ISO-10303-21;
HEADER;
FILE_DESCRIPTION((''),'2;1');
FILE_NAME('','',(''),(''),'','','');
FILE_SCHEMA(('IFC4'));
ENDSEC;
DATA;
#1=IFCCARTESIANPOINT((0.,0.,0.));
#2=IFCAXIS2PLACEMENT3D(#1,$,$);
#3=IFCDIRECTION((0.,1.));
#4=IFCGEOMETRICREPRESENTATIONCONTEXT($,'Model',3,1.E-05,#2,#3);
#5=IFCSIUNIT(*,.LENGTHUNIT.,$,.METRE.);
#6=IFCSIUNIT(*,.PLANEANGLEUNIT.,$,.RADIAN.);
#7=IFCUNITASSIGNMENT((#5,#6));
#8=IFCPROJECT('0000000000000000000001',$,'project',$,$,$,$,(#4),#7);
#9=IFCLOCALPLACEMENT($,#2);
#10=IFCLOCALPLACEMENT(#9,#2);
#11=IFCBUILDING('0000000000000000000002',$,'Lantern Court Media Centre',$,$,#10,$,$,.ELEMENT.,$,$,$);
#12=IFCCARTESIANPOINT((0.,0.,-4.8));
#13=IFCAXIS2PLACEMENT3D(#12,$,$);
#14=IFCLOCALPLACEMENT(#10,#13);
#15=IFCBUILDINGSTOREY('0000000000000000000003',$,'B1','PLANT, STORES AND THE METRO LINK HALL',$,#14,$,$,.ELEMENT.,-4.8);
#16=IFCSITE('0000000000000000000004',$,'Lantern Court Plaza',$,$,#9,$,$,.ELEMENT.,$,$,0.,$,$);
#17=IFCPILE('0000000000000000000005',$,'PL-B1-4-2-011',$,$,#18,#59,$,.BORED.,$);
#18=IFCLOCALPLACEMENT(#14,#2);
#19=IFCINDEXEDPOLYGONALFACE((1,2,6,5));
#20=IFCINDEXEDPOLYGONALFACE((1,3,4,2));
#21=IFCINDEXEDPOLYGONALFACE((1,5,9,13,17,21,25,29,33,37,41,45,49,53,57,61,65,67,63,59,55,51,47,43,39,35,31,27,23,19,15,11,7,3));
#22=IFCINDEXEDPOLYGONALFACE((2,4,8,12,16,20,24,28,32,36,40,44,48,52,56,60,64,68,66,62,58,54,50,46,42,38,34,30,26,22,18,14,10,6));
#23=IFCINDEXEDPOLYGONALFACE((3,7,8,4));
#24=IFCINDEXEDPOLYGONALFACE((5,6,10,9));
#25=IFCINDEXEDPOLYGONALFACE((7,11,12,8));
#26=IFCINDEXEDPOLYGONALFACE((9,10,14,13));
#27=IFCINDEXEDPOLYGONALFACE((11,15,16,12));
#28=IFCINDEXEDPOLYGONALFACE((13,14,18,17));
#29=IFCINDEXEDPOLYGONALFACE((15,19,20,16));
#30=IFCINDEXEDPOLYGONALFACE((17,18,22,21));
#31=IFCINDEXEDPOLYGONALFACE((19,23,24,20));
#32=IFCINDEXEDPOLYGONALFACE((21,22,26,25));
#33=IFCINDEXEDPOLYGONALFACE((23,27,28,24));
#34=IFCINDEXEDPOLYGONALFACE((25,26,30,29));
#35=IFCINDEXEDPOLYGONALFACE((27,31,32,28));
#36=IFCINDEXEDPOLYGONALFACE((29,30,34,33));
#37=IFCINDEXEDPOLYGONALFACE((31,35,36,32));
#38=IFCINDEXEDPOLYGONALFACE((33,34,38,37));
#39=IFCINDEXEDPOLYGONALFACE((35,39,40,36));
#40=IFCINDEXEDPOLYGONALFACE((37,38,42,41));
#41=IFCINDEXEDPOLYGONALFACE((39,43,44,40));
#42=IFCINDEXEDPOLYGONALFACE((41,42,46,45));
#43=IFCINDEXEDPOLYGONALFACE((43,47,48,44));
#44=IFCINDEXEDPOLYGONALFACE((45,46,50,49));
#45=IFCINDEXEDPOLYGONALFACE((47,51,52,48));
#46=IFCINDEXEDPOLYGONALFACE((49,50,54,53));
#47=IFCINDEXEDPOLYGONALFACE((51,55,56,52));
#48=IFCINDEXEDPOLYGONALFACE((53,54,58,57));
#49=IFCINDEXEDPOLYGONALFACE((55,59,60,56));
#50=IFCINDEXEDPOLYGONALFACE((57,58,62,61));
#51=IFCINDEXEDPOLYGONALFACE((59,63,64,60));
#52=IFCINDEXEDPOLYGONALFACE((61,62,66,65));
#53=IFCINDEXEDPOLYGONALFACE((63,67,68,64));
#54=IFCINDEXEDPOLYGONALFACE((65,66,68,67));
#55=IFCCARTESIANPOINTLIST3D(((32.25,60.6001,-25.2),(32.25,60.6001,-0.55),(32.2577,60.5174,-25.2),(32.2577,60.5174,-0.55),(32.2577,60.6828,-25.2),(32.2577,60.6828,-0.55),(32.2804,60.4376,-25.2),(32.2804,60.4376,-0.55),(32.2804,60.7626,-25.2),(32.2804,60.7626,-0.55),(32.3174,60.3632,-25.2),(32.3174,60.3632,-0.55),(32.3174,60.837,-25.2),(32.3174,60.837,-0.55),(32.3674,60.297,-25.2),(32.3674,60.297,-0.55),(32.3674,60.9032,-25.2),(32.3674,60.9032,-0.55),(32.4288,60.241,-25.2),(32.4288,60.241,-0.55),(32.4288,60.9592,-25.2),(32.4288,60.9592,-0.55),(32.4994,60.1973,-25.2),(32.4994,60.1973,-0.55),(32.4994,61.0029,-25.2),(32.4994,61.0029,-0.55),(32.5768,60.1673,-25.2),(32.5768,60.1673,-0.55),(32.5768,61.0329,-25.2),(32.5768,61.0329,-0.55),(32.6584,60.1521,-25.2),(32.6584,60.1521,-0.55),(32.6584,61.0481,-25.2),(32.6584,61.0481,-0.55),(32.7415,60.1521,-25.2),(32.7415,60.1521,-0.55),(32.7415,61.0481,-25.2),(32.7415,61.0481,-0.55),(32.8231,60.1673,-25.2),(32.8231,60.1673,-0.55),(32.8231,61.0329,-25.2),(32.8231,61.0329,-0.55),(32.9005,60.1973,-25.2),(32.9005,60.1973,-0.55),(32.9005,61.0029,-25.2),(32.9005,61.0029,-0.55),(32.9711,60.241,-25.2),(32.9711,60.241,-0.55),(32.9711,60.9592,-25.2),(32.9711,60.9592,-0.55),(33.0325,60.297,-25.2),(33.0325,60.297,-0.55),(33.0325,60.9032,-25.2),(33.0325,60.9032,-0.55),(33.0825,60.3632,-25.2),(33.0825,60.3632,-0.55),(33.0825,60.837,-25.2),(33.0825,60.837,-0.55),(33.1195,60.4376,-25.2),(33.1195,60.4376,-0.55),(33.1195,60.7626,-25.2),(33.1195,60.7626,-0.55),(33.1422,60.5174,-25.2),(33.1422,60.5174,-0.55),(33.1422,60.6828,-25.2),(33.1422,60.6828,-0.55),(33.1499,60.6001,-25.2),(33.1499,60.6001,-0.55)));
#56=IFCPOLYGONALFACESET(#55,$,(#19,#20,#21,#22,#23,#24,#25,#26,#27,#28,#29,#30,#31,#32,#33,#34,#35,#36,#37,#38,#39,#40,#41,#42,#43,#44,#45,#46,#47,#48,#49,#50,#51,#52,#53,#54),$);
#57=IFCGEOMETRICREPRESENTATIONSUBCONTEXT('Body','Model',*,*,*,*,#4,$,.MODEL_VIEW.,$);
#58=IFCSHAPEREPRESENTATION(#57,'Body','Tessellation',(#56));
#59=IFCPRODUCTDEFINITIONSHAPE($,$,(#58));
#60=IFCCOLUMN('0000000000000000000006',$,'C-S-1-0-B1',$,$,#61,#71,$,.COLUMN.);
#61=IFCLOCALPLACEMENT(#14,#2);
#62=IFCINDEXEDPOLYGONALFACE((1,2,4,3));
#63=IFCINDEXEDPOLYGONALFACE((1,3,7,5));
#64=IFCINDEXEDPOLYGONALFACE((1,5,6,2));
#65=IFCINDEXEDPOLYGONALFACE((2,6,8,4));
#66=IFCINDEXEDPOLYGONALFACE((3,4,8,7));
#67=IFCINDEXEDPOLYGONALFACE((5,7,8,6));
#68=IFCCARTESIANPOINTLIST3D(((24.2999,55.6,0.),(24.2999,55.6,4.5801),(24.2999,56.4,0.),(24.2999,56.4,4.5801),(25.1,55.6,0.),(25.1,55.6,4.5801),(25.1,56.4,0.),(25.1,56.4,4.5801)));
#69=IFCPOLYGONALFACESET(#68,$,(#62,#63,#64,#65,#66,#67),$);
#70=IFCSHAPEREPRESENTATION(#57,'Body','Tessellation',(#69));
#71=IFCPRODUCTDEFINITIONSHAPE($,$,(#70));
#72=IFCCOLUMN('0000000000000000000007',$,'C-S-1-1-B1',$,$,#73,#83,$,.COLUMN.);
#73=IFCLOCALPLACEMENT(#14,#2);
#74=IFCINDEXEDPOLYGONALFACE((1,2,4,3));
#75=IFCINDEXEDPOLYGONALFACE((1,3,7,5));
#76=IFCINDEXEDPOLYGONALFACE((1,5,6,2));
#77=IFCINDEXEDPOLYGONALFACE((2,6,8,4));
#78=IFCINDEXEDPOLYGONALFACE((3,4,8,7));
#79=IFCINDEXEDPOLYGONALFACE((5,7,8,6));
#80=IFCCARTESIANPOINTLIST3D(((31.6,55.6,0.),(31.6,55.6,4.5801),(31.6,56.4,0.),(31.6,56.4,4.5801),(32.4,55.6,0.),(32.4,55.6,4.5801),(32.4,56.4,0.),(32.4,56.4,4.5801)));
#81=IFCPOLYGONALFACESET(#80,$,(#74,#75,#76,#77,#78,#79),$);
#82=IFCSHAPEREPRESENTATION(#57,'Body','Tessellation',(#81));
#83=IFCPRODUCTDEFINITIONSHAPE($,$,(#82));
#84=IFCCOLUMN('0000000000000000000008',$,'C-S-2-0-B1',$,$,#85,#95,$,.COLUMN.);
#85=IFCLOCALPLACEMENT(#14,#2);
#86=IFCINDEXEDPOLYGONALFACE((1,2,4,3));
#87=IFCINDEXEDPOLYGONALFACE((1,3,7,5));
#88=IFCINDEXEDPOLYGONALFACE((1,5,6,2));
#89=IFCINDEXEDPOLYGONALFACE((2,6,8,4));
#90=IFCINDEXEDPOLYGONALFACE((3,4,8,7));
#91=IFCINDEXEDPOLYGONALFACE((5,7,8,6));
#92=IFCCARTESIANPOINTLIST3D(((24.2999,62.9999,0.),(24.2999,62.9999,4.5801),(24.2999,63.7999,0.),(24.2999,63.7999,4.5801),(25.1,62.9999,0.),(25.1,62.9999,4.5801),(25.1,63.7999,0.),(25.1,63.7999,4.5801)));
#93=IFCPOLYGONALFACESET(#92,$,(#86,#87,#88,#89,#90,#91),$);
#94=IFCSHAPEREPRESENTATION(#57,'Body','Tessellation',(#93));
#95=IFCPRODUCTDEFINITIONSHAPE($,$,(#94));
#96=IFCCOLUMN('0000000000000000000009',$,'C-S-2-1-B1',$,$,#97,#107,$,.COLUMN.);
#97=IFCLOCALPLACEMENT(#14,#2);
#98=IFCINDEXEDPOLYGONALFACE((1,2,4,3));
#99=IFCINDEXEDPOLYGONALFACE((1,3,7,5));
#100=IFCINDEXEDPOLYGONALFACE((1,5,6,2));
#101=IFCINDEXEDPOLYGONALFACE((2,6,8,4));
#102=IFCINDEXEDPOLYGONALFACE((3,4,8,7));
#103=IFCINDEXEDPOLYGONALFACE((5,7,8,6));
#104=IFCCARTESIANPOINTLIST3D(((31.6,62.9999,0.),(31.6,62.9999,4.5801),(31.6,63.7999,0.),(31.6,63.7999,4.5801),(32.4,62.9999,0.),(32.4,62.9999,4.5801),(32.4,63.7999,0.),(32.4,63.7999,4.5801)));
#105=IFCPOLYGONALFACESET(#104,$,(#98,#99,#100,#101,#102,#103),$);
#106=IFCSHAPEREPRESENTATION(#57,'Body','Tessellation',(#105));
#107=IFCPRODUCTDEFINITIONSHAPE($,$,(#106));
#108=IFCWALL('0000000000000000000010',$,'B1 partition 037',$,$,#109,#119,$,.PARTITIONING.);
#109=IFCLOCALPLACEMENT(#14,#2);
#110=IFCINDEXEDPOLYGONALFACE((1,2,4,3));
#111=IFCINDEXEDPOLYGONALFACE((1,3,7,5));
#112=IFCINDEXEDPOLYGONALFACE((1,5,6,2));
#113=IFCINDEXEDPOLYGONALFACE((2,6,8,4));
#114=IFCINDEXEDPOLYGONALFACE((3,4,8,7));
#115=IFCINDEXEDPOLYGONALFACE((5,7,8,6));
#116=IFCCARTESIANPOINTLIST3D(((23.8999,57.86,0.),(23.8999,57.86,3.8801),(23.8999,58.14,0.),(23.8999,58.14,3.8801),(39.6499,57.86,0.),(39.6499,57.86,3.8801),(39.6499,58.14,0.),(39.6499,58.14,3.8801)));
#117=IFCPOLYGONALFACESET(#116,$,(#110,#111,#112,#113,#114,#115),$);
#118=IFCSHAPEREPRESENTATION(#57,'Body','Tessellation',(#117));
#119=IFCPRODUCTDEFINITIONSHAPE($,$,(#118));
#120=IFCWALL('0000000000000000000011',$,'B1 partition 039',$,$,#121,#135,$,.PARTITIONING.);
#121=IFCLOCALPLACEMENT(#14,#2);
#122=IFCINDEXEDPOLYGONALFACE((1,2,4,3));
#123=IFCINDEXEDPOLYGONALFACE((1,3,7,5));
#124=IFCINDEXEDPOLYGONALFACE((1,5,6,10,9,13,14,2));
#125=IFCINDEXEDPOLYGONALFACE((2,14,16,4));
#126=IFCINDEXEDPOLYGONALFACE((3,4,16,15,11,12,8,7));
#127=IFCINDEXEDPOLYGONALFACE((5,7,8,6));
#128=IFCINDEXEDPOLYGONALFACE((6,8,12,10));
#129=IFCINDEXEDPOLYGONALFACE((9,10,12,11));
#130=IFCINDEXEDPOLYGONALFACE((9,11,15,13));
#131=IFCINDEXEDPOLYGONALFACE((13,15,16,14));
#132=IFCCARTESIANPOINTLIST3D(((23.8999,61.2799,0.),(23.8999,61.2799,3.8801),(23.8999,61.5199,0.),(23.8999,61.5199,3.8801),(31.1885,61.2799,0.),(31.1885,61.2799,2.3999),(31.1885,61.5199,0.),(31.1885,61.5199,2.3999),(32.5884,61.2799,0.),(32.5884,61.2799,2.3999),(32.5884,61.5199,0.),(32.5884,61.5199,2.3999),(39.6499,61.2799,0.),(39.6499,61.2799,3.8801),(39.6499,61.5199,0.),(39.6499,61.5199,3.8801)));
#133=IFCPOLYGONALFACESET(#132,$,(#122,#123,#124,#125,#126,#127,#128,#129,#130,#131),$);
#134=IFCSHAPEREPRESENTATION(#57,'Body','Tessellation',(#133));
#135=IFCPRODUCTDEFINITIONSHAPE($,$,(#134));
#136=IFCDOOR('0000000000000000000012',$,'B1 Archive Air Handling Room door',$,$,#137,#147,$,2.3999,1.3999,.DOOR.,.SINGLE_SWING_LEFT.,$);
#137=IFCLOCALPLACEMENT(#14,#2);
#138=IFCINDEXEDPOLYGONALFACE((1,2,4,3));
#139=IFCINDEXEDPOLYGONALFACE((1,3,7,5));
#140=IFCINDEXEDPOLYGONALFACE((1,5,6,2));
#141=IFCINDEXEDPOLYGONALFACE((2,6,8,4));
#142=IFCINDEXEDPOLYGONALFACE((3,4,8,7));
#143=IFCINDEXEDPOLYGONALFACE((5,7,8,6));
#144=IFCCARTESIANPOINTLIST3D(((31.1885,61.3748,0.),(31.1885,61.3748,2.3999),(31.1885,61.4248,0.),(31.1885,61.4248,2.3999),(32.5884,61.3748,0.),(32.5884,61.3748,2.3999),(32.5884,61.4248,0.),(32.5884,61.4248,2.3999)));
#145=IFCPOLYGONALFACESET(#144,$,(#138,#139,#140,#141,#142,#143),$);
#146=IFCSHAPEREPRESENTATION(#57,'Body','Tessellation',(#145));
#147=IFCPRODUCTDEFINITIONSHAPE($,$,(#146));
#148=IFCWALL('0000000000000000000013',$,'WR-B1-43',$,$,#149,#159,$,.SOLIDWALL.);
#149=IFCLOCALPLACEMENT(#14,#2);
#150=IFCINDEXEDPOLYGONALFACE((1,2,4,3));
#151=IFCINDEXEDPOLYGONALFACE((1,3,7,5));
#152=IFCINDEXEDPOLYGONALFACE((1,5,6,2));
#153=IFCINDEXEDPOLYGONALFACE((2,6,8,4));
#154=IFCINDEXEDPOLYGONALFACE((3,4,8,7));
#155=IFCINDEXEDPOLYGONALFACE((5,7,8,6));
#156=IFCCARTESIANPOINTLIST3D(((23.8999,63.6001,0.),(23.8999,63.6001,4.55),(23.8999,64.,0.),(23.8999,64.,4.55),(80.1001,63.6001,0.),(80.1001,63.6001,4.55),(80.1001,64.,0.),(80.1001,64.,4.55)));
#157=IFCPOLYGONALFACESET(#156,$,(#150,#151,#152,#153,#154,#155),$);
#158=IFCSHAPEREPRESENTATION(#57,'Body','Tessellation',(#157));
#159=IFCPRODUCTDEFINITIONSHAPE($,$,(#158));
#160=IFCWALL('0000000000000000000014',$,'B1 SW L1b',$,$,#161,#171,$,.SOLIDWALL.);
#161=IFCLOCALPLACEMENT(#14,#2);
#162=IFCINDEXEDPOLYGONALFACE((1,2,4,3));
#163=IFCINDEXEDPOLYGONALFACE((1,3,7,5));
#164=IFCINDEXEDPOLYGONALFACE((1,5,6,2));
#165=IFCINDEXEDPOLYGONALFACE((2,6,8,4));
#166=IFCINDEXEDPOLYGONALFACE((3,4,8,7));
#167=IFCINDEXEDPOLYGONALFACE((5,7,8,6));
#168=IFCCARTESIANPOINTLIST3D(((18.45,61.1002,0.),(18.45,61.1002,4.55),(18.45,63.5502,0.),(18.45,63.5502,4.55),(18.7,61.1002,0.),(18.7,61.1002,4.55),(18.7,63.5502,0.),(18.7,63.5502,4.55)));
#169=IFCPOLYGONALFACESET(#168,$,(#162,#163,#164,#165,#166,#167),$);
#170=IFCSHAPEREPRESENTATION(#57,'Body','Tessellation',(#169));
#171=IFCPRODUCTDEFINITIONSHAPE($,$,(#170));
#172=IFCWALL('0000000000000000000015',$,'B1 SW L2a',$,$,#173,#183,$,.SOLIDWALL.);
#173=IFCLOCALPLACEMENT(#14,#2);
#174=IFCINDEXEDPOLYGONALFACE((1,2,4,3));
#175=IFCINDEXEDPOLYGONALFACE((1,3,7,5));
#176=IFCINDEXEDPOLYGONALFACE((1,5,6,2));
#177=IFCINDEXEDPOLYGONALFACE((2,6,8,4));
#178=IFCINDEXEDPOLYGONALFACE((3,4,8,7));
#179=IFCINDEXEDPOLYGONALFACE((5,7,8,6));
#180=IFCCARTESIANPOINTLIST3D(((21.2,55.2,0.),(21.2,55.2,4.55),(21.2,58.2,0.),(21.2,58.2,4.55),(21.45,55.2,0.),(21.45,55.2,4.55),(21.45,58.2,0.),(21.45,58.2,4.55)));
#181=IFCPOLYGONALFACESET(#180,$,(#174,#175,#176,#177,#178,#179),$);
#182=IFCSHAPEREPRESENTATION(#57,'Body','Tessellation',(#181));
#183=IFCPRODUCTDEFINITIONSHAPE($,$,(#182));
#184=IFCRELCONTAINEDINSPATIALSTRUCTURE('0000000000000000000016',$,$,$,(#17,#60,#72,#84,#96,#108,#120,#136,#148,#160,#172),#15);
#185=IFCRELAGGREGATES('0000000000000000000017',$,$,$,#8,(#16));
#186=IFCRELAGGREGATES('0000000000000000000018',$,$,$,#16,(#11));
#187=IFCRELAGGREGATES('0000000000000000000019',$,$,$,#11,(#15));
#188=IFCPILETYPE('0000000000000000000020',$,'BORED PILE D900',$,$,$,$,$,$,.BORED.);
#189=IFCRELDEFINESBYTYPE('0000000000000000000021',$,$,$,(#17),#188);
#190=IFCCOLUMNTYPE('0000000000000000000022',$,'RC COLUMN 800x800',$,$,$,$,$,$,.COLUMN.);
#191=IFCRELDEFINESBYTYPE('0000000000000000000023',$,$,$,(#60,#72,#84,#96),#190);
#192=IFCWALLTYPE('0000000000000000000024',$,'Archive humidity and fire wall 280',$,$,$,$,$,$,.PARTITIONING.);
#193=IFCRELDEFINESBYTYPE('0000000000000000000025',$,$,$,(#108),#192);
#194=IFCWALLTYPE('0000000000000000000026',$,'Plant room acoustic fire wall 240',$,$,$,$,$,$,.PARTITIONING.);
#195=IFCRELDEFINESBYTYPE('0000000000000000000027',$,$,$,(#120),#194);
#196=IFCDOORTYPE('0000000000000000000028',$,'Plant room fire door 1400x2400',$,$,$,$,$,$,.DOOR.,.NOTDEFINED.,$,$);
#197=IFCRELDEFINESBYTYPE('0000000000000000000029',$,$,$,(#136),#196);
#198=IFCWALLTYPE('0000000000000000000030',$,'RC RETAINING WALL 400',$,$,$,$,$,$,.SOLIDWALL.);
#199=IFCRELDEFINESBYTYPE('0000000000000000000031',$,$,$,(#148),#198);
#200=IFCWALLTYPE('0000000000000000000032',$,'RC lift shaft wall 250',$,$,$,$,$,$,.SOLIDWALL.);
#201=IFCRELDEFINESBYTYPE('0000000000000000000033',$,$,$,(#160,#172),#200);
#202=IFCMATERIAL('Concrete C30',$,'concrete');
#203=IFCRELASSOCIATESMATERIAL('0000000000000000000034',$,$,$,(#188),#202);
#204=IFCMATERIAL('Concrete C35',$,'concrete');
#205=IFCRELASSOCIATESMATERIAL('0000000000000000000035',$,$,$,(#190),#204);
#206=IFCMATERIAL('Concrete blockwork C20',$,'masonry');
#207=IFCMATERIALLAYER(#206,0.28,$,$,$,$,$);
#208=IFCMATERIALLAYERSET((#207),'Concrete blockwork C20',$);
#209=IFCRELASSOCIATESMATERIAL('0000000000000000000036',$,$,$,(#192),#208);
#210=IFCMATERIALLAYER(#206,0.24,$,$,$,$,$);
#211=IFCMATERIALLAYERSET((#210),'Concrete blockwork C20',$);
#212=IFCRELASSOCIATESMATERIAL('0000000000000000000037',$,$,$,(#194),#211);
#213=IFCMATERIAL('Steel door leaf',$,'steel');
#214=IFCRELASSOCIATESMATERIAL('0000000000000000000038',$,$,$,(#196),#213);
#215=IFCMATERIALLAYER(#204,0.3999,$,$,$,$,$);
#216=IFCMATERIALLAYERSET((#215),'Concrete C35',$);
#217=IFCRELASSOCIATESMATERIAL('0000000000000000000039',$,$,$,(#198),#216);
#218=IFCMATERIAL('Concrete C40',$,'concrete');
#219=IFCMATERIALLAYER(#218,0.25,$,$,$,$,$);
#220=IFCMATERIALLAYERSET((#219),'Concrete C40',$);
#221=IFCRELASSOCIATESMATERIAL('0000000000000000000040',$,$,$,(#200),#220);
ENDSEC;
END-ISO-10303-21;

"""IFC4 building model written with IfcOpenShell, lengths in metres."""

from ifc_helpers import new_model, si_unit, direction, frame, frame_2d, origin, origin_2d, place, context, subcontext, project, spatial, rectangle, circle, extrude, material, layer, layer_set, material_profile, profile_set, type_object, element, fill, save


model = new_model("IFC4")

# Units and contexts
model_context = context("Model", 3, precision=1e-05, world=origin(), true_north=direction((0.0, 1.0)))
body_context = subcontext(model_context, "Body", "Model", "MODEL_VIEW")
ifc_project = project(units=[si_unit("LENGTHUNIT", "METRE"), si_unit("PLANEANGLEUNIT", "RADIAN")], contexts=[model_context])

# Site, building, storey
site_placement = place(None, origin())
site = spatial("IfcSite", under=ifc_project, at=site_placement, Name="Lantern Court Plaza", CompositionType="ELEMENT", RefElevation=0.0)
building_placement = place(site_placement, origin())
building = spatial("IfcBuilding", under=site, at=building_placement, Name="Lantern Court Media Centre", CompositionType="ELEMENT")
storey_placement = place(building_placement, frame((0.0, 0.0, -4.8)))
storey = spatial("IfcBuildingStorey", under=building, at=storey_placement, Name="B1", Description="PLANT, STORES AND THE METRO LINK HALL", CompositionType="ELEMENT", Elevation=-4.8)

# Pile
ifc_material_1 = material(Name="Concrete C30", Category="concrete")
ifc_material_profile_1 = material_profile(ifc_material_1, circle(Radius=0.45, at=origin_2d()), Name="D900")
ifc_profile_set_1 = profile_set([ifc_material_profile_1], Name="Concrete C30")
pile_type = type_object("IfcPileType", Name="BORED PILE D900", PredefinedType="BORED", material=ifc_profile_set_1)
for number, where, z_axis, x_axis, name in (
    (1, (32.7, 60.6001, -0.55), (0.0, 0.0, -1.0), (1.0, 0.0, 0.0), "PL-B1-4-2-011"),
):
    element("IfcPile", number, at=place(storey_placement, frame(where, z_axis=z_axis, x_axis=x_axis)), inside=storey, type_object=pile_type, Name=name, PredefinedType="BORED", context=body_context, shape_type="SweptSolid", body=[
        extrude(circle(Radius=0.45, at=origin_2d()), origin(), (0.0, 0.0, 1.0), 24.6499),
    ])

# Columns
ifc_material_2 = material(Name="Concrete C35", Category="concrete")
ifc_material_profile_2 = material_profile(ifc_material_2, rectangle(XDim=0.8, YDim=0.8, at=origin_2d()), Name="RC 800x800")
ifc_profile_set_2 = profile_set([ifc_material_profile_2], Name="Concrete C35")
column_type = type_object("IfcColumnType", Name="RC COLUMN 800x800", PredefinedType="COLUMN", material=ifc_profile_set_2)
for number, where, z_axis, x_axis, name in (
    (2, (24.7, 56.0, 0.0), (0.0, 0.0, 1.0), (1.0, 0.0, 0.0), "C-S-1-0-B1"),
    (3, (32.0, 56.0, 0.0), (0.0, 0.0, 1.0), (1.0, 0.0, 0.0), "C-S-1-1-B1"),
    (4, (24.7, 63.3999, 0.0), (0.0, 0.0, 1.0), (1.0, 0.0, 0.0), "C-S-2-0-B1"),
    (5, (32.0, 63.3999, 0.0), (0.0, 0.0, 1.0), (1.0, 0.0, 0.0), "C-S-2-1-B1"),
):
    element("IfcColumn", number, at=place(storey_placement, frame(where, z_axis=z_axis, x_axis=x_axis)), inside=storey, type_object=column_type, Name=name, PredefinedType="COLUMN", context=body_context, shape_type="SweptSolid", body=[
        extrude(rectangle(XDim=0.8, YDim=0.8, at=origin_2d()), origin(), (0.0, 0.0, 1.0), 4.5801),
    ])

# Wall
ifc_material_3 = material(Name="Concrete blockwork C20", Category="masonry")
ifc_layer_1 = layer(ifc_material_3, 0.28)
ifc_layer_set_1 = layer_set([ifc_layer_1], Name="Concrete blockwork C20")
wall_type_1 = type_object("IfcWallType", Name="Archive humidity and fire wall 280", PredefinedType="PARTITIONING", material=ifc_layer_set_1)
wall_1_placement = place(storey_placement, frame((23.8999, 58.0, 0.0), z_axis=(0.0, 0.0, 1.0), x_axis=(1.0, 0.0, 0.0)))
element("IfcWall", 6, at=wall_1_placement, inside=storey, type_object=wall_type_1, Name="B1 partition 037", PredefinedType="PARTITIONING", context=body_context, shape_type="SweptSolid", body=[
    extrude(rectangle(XDim=15.75, YDim=0.28, at=frame_2d((7.875, 0.0))), origin(), (0.0, 0.0, 1.0), 3.8801),
])

# Wall, opening, door
ifc_layer_2 = layer(ifc_material_3, 0.24)
ifc_layer_set_2 = layer_set([ifc_layer_2], Name="Concrete blockwork C20")
wall_type_2 = type_object("IfcWallType", Name="Plant room acoustic fire wall 240", PredefinedType="PARTITIONING", material=ifc_layer_set_2)
wall_2_placement = place(storey_placement, frame((23.8999, 61.3999, 0.0), z_axis=(0.0, 0.0, 1.0), x_axis=(1.0, 0.0, 0.0)))
wall_2 = element("IfcWall", 7, at=wall_2_placement, inside=storey, type_object=wall_type_2, Name="B1 partition 039", PredefinedType="PARTITIONING", context=body_context, shape_type="SweptSolid", body=[
    extrude(rectangle(XDim=15.75, YDim=0.24, at=frame_2d((7.875, 0.0))), origin(), (0.0, 0.0, 1.0), 3.8801),
])
opening_placement = place(wall_2_placement, frame((7.2886, 0.0, 0.0)))
opening = element("IfcOpeningElement", 8, at=opening_placement, cuts=wall_2, PredefinedType="OPENING", context=body_context, shape_type="SweptSolid", body=[
    extrude(rectangle(XDim=1.3999, YDim=2.3999, at=frame_2d((0.7, 1.2))), frame((0.0, 0.1299, 0.0), z_axis=(0.0, -1.0, 0.0), x_axis=(1.0, 0.0, 0.0)), (0.0, 0.0, 1.0), 0.26),
])
ifc_material_4 = material(Name="Steel door leaf", Category="steel")
door_type = type_object("IfcDoorType", Name="Plant room fire door 1400x2400", OperationType="NOTDEFINED", PredefinedType="DOOR", material=ifc_material_4)
door_placement = place(opening_placement, origin())
door = element("IfcDoor", 9, at=door_placement, inside=storey, type_object=door_type, Name="B1 Archive Air Handling Room door", OperationType="SINGLE_SWING_LEFT", OverallHeight=2.3999, OverallWidth=1.3999, PredefinedType="DOOR", context=body_context, shape_type="SweptSolid", body=[
    extrude(rectangle(XDim=1.3999, YDim=2.3999, at=frame_2d((0.7, 1.2))), frame((0.0, 0.0249, 0.0), z_axis=(0.0, -1.0, 0.0), x_axis=(1.0, 0.0, 0.0)), (0.0, 0.0, 1.0), 0.05),
])
fill(opening, door)

# Walls
ifc_layer_3 = layer(ifc_material_2, 0.3999)
ifc_layer_set_3 = layer_set([ifc_layer_3], Name="Concrete C35")
wall_type_3 = type_object("IfcWallType", Name="RC RETAINING WALL 400", PredefinedType="SOLIDWALL", material=ifc_layer_set_3)
wall_3_placement = place(storey_placement, frame((23.8999, 63.8, 0.0), z_axis=(0.0, 0.0, 1.0), x_axis=(1.0, 0.0, 0.0)))
element("IfcWall", 10, at=wall_3_placement, inside=storey, type_object=wall_type_3, Name="WR-B1-43", PredefinedType="SOLIDWALL", context=body_context, shape_type="SweptSolid", body=[
    extrude(rectangle(XDim=56.2002, YDim=0.3999, at=frame_2d((28.1001, 0.0))), origin(), (0.0, 0.0, 1.0), 4.55),
])
ifc_material_5 = material(Name="Concrete C40", Category="concrete")
ifc_layer_4 = layer(ifc_material_5, 0.25)
ifc_layer_set_4 = layer_set([ifc_layer_4], Name="Concrete C40")
wall_type_4 = type_object("IfcWallType", Name="RC lift shaft wall 250", PredefinedType="SOLIDWALL", material=ifc_layer_set_4)
wall_4_placement = place(storey_placement, frame((18.575, 61.1001, 0.0), z_axis=(0.0, 0.0, 1.0), x_axis=(0.0, 1.0, 0.0)))
element("IfcWall", 11, at=wall_4_placement, inside=storey, type_object=wall_type_4, Name="B1 SW L1b", PredefinedType="SOLIDWALL", context=body_context, shape_type="SweptSolid", body=[
    extrude(rectangle(XDim=2.45, YDim=0.25, at=frame_2d((1.2251, 0.0))), origin(), (0.0, 0.0, 1.0), 4.55),
])
wall_5_placement = place(storey_placement, frame((21.325, 55.2, 0.0), z_axis=(0.0, 0.0, 1.0), x_axis=(0.0, 1.0, 0.0)))
element("IfcWall", 12, at=wall_5_placement, inside=storey, type_object=wall_type_4, Name="B1 SW L2a", PredefinedType="SOLIDWALL", context=body_context, shape_type="SweptSolid", body=[
    extrude(rectangle(XDim=3.0, YDim=0.25, at=frame_2d((1.5, 0.0))), origin(), (0.0, 0.0, 1.0), 4.55),
])

save(model, "model.ifc")
